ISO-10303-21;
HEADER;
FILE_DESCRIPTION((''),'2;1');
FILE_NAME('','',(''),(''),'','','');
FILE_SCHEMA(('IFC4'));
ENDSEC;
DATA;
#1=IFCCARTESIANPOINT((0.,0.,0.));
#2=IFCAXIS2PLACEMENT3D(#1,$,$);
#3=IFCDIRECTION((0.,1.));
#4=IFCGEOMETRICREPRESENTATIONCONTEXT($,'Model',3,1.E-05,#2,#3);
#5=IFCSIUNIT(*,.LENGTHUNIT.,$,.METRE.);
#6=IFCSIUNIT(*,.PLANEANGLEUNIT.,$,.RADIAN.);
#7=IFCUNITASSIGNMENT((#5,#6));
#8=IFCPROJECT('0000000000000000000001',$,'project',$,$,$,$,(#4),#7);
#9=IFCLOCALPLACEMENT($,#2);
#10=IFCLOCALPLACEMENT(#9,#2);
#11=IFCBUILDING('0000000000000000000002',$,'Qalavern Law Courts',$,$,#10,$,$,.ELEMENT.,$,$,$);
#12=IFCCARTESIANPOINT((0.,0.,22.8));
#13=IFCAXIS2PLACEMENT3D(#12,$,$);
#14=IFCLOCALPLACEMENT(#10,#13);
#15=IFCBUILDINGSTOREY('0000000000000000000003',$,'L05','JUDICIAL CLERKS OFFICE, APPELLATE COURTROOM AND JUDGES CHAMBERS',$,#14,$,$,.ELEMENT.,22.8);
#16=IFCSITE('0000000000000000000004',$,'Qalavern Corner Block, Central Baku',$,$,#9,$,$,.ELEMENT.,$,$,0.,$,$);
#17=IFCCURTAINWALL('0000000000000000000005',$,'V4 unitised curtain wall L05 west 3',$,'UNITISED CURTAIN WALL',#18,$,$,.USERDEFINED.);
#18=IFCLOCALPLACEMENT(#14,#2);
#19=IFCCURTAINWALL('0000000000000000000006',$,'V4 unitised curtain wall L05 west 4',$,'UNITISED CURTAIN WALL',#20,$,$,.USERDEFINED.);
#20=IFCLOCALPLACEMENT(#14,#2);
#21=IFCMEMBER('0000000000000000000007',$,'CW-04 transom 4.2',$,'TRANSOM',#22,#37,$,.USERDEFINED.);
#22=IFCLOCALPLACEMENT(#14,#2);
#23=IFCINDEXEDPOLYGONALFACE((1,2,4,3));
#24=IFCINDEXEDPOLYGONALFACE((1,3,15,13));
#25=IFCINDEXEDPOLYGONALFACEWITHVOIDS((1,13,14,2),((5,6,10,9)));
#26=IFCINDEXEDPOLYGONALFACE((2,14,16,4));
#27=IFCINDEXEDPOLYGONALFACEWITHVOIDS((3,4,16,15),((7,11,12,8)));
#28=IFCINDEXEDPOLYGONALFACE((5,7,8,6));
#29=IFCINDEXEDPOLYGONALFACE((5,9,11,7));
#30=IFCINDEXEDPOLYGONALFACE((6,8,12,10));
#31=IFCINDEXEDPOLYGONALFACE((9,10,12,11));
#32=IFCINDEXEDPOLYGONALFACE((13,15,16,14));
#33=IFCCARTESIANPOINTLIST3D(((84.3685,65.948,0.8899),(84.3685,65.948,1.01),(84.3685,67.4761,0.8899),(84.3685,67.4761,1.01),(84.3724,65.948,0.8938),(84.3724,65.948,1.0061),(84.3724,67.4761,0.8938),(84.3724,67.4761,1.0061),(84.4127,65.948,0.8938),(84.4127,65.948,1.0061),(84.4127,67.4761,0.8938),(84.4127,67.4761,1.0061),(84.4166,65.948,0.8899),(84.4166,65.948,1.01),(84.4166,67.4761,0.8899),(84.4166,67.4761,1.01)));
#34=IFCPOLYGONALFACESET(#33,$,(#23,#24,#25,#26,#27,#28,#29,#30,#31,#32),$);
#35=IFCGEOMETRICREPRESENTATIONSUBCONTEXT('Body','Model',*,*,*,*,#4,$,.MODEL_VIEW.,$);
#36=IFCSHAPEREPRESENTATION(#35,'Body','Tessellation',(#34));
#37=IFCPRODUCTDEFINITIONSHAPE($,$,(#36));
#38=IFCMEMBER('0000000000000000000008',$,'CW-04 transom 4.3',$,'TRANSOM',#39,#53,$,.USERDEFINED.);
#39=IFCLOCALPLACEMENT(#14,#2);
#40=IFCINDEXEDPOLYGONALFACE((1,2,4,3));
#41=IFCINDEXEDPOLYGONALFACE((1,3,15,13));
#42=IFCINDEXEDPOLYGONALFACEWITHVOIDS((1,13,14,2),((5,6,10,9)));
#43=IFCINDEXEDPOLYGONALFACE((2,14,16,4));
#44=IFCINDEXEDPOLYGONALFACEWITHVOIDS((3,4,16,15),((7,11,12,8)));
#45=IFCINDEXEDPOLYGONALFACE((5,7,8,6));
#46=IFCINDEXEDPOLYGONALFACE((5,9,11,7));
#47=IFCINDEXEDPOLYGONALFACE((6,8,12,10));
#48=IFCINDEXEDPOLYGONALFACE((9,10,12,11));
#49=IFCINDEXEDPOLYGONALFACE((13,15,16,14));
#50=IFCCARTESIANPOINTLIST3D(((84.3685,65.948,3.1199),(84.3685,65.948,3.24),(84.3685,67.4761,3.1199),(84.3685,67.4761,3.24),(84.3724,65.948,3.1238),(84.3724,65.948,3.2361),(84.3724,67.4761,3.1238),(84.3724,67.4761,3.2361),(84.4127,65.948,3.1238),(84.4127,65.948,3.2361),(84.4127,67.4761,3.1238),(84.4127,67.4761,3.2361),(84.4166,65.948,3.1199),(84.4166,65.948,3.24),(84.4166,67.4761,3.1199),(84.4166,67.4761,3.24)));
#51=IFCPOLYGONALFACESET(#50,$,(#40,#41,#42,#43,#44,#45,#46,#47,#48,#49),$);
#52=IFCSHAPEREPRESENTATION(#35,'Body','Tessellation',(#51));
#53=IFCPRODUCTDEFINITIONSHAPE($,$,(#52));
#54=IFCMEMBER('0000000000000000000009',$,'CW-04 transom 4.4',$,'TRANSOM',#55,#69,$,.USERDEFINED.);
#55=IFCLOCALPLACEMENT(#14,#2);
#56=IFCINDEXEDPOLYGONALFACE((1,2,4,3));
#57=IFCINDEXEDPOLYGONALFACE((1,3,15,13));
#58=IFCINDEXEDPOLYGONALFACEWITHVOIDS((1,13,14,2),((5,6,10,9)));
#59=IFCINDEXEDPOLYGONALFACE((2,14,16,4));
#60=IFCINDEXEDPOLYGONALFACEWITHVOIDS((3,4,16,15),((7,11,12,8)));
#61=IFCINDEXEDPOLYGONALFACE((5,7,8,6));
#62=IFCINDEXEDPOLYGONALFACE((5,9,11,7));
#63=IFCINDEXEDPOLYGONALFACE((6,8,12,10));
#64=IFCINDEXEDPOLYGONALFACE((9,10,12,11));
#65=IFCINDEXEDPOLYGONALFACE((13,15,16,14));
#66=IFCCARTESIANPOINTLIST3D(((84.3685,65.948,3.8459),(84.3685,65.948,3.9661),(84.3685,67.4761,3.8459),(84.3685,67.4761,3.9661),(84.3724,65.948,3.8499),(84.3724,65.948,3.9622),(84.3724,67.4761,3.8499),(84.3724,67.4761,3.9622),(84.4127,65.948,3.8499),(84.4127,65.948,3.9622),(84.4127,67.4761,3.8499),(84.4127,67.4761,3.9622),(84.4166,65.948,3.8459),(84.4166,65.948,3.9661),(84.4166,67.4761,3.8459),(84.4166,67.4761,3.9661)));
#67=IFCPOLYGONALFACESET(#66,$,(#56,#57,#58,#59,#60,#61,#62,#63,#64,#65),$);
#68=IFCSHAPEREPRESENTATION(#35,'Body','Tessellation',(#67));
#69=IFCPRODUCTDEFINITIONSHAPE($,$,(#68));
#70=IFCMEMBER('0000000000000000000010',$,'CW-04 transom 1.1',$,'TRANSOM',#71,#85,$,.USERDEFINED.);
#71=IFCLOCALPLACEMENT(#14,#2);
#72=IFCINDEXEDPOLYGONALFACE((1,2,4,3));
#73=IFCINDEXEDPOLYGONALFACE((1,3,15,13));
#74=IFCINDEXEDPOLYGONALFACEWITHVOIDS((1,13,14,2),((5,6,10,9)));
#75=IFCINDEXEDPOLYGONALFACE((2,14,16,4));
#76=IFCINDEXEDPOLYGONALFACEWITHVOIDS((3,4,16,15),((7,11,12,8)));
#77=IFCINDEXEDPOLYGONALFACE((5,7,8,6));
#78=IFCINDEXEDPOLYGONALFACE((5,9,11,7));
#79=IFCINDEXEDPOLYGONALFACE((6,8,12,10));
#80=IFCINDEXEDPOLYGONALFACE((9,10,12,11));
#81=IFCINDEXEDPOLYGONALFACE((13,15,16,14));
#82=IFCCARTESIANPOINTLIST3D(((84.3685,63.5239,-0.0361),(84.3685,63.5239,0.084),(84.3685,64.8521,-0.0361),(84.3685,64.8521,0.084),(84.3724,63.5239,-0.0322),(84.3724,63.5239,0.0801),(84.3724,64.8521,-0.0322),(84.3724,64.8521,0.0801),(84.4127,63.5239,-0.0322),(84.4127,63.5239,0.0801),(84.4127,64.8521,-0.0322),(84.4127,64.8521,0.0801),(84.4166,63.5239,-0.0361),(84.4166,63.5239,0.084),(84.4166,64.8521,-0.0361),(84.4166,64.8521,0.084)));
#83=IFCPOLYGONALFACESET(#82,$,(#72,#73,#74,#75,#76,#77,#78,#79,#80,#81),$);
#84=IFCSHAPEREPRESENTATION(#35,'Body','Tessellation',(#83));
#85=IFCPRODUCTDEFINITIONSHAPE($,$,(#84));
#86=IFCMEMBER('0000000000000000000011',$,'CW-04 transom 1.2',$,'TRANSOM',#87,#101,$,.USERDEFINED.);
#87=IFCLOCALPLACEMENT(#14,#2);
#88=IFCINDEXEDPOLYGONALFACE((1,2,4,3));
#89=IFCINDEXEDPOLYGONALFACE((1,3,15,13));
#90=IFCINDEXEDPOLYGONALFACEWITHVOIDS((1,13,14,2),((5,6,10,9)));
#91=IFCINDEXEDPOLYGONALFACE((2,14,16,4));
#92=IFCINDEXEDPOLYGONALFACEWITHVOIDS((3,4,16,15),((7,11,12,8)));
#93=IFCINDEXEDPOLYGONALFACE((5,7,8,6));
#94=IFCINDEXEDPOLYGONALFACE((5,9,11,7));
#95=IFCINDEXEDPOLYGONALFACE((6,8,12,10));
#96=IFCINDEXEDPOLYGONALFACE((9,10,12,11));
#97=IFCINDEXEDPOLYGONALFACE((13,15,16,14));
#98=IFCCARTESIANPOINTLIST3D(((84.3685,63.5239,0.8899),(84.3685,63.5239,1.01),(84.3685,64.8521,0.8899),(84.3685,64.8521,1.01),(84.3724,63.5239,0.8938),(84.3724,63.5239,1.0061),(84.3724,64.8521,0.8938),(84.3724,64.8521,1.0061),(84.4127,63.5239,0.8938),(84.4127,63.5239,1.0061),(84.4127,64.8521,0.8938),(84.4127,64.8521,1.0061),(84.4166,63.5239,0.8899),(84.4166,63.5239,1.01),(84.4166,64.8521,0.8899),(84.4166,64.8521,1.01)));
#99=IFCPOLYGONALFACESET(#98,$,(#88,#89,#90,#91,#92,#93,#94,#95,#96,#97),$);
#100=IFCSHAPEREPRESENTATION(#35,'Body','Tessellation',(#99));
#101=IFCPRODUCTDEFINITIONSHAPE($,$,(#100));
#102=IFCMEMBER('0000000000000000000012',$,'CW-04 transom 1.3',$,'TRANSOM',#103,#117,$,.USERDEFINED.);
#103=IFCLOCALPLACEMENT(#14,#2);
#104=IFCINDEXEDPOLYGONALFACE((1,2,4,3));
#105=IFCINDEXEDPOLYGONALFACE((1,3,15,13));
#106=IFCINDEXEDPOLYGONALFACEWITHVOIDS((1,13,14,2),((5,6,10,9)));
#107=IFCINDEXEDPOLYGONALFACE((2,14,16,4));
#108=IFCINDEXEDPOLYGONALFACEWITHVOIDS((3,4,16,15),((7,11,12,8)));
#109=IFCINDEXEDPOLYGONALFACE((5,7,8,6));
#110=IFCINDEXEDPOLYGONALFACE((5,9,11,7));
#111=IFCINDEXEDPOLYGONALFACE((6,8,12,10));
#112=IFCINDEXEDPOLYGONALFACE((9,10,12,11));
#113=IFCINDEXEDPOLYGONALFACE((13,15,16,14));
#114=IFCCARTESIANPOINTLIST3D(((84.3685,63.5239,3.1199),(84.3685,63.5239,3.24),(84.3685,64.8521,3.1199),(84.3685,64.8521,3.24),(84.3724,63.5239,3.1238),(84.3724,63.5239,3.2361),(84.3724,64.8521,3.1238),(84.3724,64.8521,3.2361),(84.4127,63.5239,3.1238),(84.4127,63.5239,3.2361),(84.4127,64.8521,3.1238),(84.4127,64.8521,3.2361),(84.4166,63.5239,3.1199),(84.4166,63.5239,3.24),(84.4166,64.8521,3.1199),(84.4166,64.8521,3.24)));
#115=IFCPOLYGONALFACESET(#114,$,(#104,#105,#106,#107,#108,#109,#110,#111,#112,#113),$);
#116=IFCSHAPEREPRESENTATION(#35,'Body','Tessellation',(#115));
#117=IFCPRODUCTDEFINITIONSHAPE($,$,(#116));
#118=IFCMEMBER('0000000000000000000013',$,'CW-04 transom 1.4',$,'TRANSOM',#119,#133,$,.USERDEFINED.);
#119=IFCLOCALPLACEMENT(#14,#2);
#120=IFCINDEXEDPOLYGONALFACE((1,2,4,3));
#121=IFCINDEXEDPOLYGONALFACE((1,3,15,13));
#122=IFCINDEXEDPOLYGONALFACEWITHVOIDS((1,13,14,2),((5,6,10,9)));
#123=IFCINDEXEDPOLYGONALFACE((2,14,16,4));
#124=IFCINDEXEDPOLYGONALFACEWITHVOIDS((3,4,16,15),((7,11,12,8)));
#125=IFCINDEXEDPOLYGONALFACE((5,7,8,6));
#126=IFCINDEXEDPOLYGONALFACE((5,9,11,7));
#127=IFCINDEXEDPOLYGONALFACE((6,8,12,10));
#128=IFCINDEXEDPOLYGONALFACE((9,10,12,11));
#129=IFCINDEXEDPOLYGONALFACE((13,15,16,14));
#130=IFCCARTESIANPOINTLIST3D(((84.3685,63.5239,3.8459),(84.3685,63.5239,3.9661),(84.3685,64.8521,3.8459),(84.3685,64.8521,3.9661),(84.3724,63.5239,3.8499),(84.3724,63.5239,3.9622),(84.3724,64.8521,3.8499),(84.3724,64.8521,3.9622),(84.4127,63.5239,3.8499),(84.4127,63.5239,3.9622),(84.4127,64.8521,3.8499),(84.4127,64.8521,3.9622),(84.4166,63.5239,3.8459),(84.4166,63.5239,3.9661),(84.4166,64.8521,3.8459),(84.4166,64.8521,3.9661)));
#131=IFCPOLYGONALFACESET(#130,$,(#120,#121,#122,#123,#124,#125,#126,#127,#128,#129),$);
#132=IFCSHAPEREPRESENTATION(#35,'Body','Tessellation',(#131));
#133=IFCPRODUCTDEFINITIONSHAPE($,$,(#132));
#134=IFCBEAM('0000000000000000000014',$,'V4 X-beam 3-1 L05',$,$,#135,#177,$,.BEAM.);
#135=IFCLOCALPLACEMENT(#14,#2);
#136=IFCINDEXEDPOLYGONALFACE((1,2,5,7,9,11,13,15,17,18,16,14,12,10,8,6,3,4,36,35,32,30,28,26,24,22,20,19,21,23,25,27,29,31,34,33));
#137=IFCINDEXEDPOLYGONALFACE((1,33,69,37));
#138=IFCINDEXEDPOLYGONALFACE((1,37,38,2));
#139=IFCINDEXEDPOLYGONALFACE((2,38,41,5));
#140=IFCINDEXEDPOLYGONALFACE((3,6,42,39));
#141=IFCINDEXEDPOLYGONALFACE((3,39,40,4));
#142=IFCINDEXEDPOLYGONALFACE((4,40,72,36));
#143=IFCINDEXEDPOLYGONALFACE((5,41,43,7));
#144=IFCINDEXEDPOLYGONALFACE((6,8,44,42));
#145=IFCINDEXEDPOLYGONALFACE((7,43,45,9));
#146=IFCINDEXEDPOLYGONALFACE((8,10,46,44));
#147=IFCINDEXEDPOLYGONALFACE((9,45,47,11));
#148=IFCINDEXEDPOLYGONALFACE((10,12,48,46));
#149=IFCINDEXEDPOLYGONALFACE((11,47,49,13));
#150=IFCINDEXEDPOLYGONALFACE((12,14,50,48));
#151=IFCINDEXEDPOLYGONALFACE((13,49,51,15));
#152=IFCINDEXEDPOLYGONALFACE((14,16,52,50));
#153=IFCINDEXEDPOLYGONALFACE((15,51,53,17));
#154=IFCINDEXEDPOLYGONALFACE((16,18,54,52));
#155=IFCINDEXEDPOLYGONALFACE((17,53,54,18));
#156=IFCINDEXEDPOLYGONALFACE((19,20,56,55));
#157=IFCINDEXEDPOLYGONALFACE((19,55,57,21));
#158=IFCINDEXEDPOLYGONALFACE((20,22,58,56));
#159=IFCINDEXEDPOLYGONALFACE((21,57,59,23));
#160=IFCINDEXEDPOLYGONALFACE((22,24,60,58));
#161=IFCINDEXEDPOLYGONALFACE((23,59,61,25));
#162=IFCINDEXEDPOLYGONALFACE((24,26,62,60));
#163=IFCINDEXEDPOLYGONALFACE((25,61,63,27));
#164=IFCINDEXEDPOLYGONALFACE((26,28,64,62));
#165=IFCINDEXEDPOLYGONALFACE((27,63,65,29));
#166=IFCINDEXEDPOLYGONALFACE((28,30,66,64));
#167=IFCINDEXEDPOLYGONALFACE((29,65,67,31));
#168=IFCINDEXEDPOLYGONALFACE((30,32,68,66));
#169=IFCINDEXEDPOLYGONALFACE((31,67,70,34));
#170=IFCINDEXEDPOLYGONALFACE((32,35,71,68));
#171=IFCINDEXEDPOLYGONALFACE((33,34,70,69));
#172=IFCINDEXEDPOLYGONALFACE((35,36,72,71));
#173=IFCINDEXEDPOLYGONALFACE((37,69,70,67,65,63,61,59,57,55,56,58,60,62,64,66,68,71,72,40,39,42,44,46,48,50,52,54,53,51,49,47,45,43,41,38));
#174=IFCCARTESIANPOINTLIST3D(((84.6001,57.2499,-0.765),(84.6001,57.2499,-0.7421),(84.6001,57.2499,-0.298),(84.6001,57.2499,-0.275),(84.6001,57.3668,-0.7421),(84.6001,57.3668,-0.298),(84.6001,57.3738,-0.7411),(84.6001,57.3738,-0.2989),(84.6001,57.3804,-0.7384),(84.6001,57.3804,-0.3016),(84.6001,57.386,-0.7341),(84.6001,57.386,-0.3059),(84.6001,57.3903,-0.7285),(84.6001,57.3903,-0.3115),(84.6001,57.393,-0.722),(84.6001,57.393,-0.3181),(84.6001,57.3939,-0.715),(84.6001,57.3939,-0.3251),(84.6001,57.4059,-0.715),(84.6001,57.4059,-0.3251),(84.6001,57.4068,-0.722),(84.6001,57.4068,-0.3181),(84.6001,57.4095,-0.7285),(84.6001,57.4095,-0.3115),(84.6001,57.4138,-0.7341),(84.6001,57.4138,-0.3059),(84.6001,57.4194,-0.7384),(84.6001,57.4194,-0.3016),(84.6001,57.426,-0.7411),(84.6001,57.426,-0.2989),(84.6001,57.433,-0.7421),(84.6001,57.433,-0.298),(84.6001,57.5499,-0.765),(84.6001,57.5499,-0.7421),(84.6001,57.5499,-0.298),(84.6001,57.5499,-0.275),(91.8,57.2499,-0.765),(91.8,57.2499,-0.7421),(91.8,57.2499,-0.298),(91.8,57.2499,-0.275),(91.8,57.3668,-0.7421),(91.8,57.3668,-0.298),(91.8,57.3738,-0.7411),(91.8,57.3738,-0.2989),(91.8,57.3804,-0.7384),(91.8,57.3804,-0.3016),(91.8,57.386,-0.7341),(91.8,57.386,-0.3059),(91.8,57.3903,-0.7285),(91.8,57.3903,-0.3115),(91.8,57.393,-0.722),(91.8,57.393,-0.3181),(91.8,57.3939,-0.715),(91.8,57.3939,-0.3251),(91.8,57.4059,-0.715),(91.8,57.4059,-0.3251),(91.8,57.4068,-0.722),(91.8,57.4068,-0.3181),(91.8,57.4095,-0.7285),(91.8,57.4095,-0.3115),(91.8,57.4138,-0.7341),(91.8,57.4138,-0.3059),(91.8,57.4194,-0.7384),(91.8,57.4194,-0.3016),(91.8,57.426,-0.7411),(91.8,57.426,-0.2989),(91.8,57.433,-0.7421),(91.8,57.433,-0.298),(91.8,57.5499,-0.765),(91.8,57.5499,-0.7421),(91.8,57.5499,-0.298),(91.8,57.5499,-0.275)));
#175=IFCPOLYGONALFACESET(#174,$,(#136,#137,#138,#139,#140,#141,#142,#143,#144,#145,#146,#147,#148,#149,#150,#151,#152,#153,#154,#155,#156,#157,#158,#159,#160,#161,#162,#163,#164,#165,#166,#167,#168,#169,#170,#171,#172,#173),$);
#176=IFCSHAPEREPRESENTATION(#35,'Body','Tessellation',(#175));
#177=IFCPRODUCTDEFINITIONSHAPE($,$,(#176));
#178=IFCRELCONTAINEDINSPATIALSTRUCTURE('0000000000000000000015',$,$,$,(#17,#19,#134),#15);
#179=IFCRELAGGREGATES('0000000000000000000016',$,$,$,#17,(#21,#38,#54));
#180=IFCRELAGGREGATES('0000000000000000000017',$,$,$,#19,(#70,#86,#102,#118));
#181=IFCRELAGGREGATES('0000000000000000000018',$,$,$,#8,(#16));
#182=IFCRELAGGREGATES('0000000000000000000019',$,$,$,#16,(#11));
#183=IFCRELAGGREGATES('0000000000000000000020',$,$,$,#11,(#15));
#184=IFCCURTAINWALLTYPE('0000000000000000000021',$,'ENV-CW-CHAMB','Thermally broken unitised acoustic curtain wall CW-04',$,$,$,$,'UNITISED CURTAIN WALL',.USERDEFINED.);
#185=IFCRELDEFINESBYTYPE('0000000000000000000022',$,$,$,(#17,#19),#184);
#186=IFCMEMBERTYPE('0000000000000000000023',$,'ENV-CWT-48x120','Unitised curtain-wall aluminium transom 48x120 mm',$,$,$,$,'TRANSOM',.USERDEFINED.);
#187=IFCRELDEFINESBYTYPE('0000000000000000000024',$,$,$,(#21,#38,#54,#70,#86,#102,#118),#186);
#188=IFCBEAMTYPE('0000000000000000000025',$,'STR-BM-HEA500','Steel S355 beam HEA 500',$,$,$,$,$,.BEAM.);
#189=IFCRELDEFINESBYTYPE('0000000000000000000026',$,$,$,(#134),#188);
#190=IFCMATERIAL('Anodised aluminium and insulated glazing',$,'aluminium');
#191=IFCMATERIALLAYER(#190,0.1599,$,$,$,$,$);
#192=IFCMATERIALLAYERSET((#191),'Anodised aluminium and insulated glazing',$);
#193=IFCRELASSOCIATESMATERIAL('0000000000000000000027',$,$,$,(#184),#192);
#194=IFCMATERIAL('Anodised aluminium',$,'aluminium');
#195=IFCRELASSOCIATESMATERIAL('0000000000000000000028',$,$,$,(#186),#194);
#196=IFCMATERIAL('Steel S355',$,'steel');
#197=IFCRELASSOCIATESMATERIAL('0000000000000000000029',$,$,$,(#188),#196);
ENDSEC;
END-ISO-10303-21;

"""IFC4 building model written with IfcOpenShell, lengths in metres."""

from ifc_helpers import new_model, si_unit, direction, frame, origin, origin_2d, place, context, subcontext, project, spatial, hollow_rectangle, i_section, extrude, material, layer, layer_set, material_profile, profile_set, type_object, element, aggregate, save


model = new_model("IFC4")

# Units and contexts
model_context = context("Model", 3, precision=1e-05, world=origin(), true_north=direction((0.0, 1.0)))
body_context = subcontext(model_context, "Body", "Model", "MODEL_VIEW")
ifc_project = project(units=[si_unit("LENGTHUNIT", "METRE"), si_unit("PLANEANGLEUNIT", "RADIAN")], contexts=[model_context])

# Site, building, storey
site_placement = place(None, origin())
site = spatial("IfcSite", under=ifc_project, at=site_placement, Name="Qalavern Corner Block, Central Baku", CompositionType="ELEMENT", RefElevation=0.0)
building_placement = place(site_placement, origin())
building = spatial("IfcBuilding", under=site, at=building_placement, Name="Qalavern Law Courts", CompositionType="ELEMENT")
storey_placement = place(building_placement, frame((0.0, 0.0, 22.8)))
storey = spatial("IfcBuildingStorey", under=building, at=storey_placement, Name="L05", Description="JUDICIAL CLERKS OFFICE, APPELLATE COURTROOM AND JUDGES CHAMBERS", CompositionType="ELEMENT", Elevation=22.8)

# Curtain wall
ifc_material_1 = material(Name="Anodised aluminium and insulated glazing", Category="aluminium")
ifc_layer_1 = layer(ifc_material_1, 0.1599)
ifc_layer_set_1 = layer_set([ifc_layer_1], Name="Anodised aluminium and insulated glazing")
curtain_wall_type = type_object("IfcCurtainWallType", Name="ENV-CW-CHAMB", Description="Thermally broken unitised acoustic curtain wall CW-04", ElementType="UNITISED CURTAIN WALL", PredefinedType="USERDEFINED", material=ifc_layer_set_1)
curtain_wall_1_placement = place(storey_placement, origin())
curtain_wall_1 = element("IfcCurtainWall", 1, at=curtain_wall_1_placement, inside=storey, type_object=curtain_wall_type, Name="V4 unitised curtain wall L05 west 3", ObjectType="UNITISED CURTAIN WALL", PredefinedType="USERDEFINED")
ifc_material_2 = material(Name="Anodised aluminium", Category="aluminium")

# Curtain wall
curtain_wall_2_placement = place(storey_placement, origin())
curtain_wall_2 = element("IfcCurtainWall", 2, at=curtain_wall_2_placement, inside=storey, type_object=curtain_wall_type, Name="V4 unitised curtain wall L05 west 4", ObjectType="UNITISED CURTAIN WALL", PredefinedType="USERDEFINED")

# Members
ifc_material_profile_1 = material_profile(ifc_material_2, hollow_rectangle(XDim=0.0481, YDim=0.1201, WallThickness=0.0039, at=origin_2d()), Name="ALU TRANSOM 48x120")
ifc_profile_set_1 = profile_set([ifc_material_profile_1], Name="Anodised aluminium")
member_type_1 = type_object("IfcMemberType", Name="ENV-CWT-48x120", Description="Unitised curtain-wall aluminium transom 48x120 mm", ElementType="TRANSOM", PredefinedType="USERDEFINED", material=ifc_profile_set_1)
member_1_placement = place(storey_placement, frame((84.3926, 67.4761, 0.95), z_axis=(0.0, -1.0, 0.0), x_axis=(1.0, 0.0, 0.0)))
member_1 = element("IfcMember", 3, at=member_1_placement, type_object=member_type_1, Name="CW-04 transom 4.2", ObjectType="TRANSOM", PredefinedType="USERDEFINED", context=body_context, shape_type="SweptSolid", body=[
    extrude(hollow_rectangle(XDim=0.0481, YDim=0.1201, WallThickness=0.0039, at=origin_2d()), origin(), (0.0, 0.0, 1.0), 1.5281),
])
member_2_placement = place(storey_placement, frame((84.3926, 67.4761, 3.1799), z_axis=(0.0, -1.0, 0.0), x_axis=(1.0, 0.0, 0.0)))
member_2 = element("IfcMember", 4, at=member_2_placement, type_object=member_type_1, Name="CW-04 transom 4.3", ObjectType="TRANSOM", PredefinedType="USERDEFINED", context=body_context, shape_type="SweptSolid", body=[
    extrude(hollow_rectangle(XDim=0.0481, YDim=0.1201, WallThickness=0.0039, at=origin_2d()), origin(), (0.0, 0.0, 1.0), 1.5281),
])
member_3_placement = place(storey_placement, frame((84.3926, 67.4761, 3.906), z_axis=(0.0, -1.0, 0.0), x_axis=(1.0, 0.0, 0.0)))
member_3 = element("IfcMember", 5, at=member_3_placement, type_object=member_type_1, Name="CW-04 transom 4.4", ObjectType="TRANSOM", PredefinedType="USERDEFINED", context=body_context, shape_type="SweptSolid", body=[
    extrude(hollow_rectangle(XDim=0.0481, YDim=0.1201, WallThickness=0.0039, at=origin_2d()), origin(), (0.0, 0.0, 1.0), 1.5281),
])
member_4_placement = place(storey_placement, frame((84.3926, 64.8521, 0.0239), z_axis=(0.0, -1.0, 0.0), x_axis=(1.0, 0.0, 0.0)))
member_4 = element("IfcMember", 6, at=member_4_placement, type_object=member_type_1, Name="CW-04 transom 1.1", ObjectType="TRANSOM", PredefinedType="USERDEFINED", context=body_context, shape_type="SweptSolid", body=[
    extrude(hollow_rectangle(XDim=0.0481, YDim=0.1201, WallThickness=0.0039, at=origin_2d()), origin(), (0.0, 0.0, 1.0), 1.3281),
])
member_5_placement = place(storey_placement, frame((84.3926, 64.8521, 0.95), z_axis=(0.0, -1.0, 0.0), x_axis=(1.0, 0.0, 0.0)))
member_5 = element("IfcMember", 7, at=member_5_placement, type_object=member_type_1, Name="CW-04 transom 1.2", ObjectType="TRANSOM", PredefinedType="USERDEFINED", context=body_context, shape_type="SweptSolid", body=[
    extrude(hollow_rectangle(XDim=0.0481, YDim=0.1201, WallThickness=0.0039, at=origin_2d()), origin(), (0.0, 0.0, 1.0), 1.3281),
])
member_6_placement = place(storey_placement, frame((84.3926, 64.8521, 3.1799), z_axis=(0.0, -1.0, 0.0), x_axis=(1.0, 0.0, 0.0)))
member_6 = element("IfcMember", 8, at=member_6_placement, type_object=member_type_1, Name="CW-04 transom 1.3", ObjectType="TRANSOM", PredefinedType="USERDEFINED", context=body_context, shape_type="SweptSolid", body=[
    extrude(hollow_rectangle(XDim=0.0481, YDim=0.1201, WallThickness=0.0039, at=origin_2d()), origin(), (0.0, 0.0, 1.0), 1.3281),
])
member_7_placement = place(storey_placement, frame((84.3926, 64.8521, 3.906), z_axis=(0.0, -1.0, 0.0), x_axis=(1.0, 0.0, 0.0)))
member_7 = element("IfcMember", 9, at=member_7_placement, type_object=member_type_1, Name="CW-04 transom 1.4", ObjectType="TRANSOM", PredefinedType="USERDEFINED", context=body_context, shape_type="SweptSolid", body=[
    extrude(hollow_rectangle(XDim=0.0481, YDim=0.1201, WallThickness=0.0039, at=origin_2d()), origin(), (0.0, 0.0, 1.0), 1.3281),
])

# Beam
ifc_material_3 = material(Name="Steel S355", Category="steel")
ifc_material_profile_2 = material_profile(ifc_material_3, i_section(OverallWidth=0.3, OverallDepth=0.49, WebThickness=0.012, FlangeThickness=0.0229, FilletRadius=0.0271, at=origin_2d()), Name="HEA 500")
ifc_profile_set_2 = profile_set([ifc_material_profile_2], Name="Steel S355")
beam_type_1 = type_object("IfcBeamType", Name="STR-BM-HEA500", Description="Steel S355 beam HEA 500", PredefinedType="BEAM", material=ifc_profile_set_2)
beam_1_placement = place(storey_placement, frame((84.6001, 57.3999, -0.52), z_axis=(1.0, 0.0, 0.0), x_axis=(0.0, 1.0, 0.0)))
element("IfcBeam", 10, at=beam_1_placement, inside=storey, type_object=beam_type_1, Name="V4 X-beam 3-1 L05", PredefinedType="BEAM", context=body_context, shape_type="SweptSolid", body=[
    extrude(i_section(OverallWidth=0.3, OverallDepth=0.49, WebThickness=0.012, FlangeThickness=0.0229, FilletRadius=0.0271, at=origin_2d()), origin(), (0.0, 0.0, 1.0), 7.2),
])

aggregate(curtain_wall_1, [member_1, member_2, member_3])
aggregate(curtain_wall_2, [member_4, member_5, member_6, member_7])

save(model, "model.ifc")
